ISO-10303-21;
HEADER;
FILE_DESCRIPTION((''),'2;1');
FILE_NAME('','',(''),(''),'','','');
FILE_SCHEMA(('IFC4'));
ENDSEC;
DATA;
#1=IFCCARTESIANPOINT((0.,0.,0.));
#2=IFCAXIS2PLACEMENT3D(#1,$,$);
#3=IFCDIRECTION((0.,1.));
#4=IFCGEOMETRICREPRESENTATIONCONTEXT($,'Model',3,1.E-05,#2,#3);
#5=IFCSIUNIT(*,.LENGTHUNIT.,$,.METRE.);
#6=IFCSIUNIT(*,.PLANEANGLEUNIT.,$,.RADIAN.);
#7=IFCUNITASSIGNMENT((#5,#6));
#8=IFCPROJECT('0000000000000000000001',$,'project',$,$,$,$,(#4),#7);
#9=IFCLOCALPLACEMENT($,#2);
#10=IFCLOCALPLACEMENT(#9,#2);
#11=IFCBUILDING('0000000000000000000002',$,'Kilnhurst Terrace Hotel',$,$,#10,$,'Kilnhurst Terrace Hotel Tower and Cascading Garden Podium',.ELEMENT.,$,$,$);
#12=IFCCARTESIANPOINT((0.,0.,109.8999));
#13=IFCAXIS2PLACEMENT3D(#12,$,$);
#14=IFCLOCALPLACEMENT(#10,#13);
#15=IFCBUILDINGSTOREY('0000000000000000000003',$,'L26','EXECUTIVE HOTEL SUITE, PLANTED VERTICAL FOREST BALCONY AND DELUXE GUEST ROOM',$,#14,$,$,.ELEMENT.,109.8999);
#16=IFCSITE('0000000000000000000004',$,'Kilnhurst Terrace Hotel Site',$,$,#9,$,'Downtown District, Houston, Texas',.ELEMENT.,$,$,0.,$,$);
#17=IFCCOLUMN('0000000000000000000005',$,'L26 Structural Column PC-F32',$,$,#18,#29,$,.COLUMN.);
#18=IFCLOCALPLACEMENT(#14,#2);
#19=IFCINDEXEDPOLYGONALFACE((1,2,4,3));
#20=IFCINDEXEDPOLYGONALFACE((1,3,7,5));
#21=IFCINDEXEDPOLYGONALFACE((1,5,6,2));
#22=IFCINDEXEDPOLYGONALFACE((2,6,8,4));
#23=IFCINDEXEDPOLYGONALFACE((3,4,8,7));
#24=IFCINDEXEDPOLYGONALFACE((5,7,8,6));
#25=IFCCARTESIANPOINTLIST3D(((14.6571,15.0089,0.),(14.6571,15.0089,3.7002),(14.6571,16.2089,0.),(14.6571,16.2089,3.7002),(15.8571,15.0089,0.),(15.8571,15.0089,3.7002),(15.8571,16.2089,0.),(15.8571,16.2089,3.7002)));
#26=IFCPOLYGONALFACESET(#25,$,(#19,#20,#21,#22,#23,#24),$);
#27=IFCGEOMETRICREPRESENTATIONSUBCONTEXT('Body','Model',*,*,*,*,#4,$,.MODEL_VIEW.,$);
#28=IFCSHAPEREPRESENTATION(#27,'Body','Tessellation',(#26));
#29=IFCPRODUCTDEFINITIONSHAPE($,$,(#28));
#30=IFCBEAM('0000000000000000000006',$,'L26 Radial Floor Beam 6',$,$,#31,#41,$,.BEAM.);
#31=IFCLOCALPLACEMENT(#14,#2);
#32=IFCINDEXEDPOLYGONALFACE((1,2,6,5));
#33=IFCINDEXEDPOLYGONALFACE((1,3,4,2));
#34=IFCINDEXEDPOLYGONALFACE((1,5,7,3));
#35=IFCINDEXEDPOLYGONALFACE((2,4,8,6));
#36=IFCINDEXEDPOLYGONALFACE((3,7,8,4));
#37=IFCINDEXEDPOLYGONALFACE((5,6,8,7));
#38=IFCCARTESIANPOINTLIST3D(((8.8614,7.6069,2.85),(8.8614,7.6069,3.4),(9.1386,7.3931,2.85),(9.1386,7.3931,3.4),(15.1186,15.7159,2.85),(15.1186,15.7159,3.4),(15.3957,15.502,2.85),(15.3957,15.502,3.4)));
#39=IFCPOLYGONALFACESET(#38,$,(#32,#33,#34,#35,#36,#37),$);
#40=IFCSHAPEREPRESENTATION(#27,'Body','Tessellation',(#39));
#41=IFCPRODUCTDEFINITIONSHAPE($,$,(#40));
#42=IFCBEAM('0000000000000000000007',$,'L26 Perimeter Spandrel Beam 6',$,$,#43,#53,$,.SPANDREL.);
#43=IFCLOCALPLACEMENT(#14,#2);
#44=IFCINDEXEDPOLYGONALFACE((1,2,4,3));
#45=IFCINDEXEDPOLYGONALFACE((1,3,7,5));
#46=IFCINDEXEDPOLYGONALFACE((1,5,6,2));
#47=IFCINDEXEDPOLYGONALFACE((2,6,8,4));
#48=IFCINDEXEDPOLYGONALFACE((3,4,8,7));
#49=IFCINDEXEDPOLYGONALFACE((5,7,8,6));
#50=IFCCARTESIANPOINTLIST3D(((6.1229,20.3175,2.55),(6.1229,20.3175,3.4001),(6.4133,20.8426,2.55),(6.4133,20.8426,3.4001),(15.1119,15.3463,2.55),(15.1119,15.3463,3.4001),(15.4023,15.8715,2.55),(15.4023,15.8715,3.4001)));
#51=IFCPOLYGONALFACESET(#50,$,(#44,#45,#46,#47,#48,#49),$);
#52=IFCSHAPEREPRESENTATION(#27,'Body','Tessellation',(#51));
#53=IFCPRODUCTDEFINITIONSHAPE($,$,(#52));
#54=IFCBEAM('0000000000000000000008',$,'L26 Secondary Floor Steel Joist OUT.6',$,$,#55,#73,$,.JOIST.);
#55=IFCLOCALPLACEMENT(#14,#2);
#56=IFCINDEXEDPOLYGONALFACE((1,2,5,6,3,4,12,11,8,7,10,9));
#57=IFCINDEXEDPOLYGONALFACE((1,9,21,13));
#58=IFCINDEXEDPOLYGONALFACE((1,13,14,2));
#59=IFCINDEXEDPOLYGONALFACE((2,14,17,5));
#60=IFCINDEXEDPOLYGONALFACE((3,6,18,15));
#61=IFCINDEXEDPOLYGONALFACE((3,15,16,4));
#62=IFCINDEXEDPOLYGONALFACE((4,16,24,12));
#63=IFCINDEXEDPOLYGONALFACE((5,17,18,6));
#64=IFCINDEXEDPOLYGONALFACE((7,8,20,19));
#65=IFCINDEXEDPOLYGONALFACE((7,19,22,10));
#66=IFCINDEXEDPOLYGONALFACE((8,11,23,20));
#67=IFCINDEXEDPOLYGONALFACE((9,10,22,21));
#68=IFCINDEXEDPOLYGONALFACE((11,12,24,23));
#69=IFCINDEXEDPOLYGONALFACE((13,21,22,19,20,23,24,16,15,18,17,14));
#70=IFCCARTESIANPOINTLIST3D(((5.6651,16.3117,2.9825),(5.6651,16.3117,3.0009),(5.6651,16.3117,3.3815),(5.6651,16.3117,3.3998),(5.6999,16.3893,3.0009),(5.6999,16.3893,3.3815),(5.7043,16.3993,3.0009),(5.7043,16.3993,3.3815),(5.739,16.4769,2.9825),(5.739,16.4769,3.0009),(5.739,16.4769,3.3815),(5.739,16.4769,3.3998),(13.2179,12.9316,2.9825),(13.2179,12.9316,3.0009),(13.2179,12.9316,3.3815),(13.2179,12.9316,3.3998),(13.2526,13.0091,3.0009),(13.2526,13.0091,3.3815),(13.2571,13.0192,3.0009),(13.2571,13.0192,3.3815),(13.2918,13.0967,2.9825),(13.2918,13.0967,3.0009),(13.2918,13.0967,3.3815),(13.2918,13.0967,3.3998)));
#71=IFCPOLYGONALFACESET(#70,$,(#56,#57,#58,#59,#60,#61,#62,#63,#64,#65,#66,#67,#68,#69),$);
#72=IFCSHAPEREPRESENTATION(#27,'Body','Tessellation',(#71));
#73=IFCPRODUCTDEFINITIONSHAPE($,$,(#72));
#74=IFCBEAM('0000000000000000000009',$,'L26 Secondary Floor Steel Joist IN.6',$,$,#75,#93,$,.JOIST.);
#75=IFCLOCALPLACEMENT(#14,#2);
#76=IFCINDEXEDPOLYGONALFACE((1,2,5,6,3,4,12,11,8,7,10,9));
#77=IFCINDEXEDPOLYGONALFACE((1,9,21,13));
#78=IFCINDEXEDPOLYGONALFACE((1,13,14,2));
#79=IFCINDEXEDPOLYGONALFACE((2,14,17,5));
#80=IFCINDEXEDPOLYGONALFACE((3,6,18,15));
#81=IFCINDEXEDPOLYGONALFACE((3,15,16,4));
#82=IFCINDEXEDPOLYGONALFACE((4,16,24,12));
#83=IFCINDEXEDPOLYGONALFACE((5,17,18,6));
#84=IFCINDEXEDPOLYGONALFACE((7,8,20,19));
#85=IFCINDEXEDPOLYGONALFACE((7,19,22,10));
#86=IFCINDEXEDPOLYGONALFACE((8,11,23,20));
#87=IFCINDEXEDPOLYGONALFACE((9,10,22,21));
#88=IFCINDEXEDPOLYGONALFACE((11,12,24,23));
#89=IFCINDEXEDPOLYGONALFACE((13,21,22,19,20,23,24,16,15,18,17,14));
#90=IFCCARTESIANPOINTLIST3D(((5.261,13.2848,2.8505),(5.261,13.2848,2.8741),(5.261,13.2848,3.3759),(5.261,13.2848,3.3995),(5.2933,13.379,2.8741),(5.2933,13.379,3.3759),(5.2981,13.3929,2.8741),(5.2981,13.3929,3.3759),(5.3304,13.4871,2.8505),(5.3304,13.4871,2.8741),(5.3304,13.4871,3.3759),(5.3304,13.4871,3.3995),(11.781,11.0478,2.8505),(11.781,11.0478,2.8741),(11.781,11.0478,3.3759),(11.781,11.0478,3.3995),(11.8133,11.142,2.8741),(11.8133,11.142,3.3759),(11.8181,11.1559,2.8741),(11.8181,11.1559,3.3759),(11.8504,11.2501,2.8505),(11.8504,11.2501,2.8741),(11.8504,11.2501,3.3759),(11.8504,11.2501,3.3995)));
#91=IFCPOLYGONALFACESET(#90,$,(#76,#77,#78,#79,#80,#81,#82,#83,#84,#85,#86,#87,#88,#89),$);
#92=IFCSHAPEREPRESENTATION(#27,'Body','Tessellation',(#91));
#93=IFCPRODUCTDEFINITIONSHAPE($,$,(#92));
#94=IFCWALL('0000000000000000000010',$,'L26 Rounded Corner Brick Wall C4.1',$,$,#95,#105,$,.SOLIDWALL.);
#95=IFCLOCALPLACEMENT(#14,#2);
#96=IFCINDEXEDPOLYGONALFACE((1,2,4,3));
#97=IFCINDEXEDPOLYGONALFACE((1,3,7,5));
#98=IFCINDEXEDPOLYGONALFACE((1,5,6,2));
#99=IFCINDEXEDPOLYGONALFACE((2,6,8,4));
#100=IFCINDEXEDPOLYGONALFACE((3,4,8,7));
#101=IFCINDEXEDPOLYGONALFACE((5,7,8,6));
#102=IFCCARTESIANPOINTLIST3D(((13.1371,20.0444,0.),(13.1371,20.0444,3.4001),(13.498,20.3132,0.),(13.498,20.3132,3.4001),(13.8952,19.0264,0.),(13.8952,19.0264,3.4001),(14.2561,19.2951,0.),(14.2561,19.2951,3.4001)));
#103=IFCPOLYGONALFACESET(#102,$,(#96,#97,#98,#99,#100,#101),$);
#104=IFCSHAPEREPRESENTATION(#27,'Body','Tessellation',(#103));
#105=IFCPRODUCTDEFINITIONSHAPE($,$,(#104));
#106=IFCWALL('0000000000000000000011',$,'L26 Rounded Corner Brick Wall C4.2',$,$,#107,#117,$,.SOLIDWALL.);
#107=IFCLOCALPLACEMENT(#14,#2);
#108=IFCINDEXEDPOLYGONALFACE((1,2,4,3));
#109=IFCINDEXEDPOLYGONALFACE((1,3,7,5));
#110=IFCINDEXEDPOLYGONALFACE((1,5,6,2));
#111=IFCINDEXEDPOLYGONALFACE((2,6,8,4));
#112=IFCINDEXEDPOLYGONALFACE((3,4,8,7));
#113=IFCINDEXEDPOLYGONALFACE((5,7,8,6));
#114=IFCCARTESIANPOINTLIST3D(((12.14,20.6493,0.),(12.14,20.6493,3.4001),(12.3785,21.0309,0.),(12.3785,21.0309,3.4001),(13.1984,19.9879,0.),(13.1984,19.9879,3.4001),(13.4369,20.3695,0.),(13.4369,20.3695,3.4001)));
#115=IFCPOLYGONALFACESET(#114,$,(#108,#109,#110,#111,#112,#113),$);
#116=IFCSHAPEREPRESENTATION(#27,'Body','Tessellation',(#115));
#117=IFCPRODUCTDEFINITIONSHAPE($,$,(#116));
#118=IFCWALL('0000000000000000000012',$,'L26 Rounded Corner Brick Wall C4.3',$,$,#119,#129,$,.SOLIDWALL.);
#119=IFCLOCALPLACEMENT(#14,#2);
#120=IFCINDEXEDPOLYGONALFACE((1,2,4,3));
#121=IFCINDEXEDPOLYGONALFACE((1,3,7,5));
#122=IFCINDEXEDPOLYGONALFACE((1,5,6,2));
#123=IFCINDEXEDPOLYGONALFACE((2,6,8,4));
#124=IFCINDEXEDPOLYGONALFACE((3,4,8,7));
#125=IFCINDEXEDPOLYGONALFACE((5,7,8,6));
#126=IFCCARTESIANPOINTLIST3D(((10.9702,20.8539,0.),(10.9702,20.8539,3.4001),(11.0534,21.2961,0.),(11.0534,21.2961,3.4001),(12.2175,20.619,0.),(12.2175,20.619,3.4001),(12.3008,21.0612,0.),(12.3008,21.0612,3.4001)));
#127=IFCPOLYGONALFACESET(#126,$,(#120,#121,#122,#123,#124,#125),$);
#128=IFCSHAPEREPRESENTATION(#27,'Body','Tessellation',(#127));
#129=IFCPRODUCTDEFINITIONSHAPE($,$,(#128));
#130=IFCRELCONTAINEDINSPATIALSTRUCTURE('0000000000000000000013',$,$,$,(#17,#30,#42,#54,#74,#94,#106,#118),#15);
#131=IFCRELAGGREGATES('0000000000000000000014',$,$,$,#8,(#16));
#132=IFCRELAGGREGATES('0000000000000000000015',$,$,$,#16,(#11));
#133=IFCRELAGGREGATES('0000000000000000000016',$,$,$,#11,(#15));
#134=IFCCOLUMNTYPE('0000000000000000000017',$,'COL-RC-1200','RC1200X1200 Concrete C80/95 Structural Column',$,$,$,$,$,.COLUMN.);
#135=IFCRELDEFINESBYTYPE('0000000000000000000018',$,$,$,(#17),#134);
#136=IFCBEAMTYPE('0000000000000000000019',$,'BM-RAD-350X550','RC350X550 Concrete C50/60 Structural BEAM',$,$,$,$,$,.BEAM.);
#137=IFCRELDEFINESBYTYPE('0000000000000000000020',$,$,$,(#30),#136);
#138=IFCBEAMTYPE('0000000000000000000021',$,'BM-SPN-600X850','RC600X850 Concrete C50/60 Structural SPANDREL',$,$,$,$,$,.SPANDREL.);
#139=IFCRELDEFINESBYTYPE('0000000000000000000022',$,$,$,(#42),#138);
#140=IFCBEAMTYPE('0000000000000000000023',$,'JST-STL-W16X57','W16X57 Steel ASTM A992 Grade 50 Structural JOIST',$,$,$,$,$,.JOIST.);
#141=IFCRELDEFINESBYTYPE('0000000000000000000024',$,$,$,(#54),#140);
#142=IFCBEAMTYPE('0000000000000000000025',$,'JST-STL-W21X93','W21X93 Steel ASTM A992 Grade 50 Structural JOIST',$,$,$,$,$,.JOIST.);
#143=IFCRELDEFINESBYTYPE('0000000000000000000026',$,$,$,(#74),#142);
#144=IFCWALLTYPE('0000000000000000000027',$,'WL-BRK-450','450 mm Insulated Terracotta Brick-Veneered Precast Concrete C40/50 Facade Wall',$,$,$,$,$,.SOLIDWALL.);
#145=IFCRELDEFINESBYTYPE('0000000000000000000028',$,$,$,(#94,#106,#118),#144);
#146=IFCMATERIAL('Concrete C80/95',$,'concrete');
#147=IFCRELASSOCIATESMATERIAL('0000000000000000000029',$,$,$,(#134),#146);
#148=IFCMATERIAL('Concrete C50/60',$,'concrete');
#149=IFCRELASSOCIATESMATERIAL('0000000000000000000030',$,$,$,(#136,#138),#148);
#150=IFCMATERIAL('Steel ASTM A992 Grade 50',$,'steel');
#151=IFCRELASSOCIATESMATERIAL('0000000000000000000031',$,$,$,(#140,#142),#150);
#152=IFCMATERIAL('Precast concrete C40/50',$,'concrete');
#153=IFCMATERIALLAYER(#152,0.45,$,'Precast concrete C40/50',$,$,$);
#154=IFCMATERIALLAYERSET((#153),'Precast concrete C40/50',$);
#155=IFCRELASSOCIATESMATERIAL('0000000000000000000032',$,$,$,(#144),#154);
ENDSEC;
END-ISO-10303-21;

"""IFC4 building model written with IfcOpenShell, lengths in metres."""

from ifc_helpers import new_model, si_unit, direction, frame, frame_2d, origin, origin_2d, place, context, subcontext, project, spatial, rectangle, i_section, extrude, material, layer, layer_set, material_profile, profile_set, type_object, element, save


model = new_model("IFC4")

# Units and contexts
model_context = context("Model", 3, precision=1e-05, world=origin(), true_north=direction((0.0, 1.0)))
body_context = subcontext(model_context, "Body", "Model", "MODEL_VIEW")
ifc_project = project(units=[si_unit("LENGTHUNIT", "METRE"), si_unit("PLANEANGLEUNIT", "RADIAN")], contexts=[model_context])

# Site, building, storey
site_placement = place(None, origin())
site = spatial("IfcSite", under=ifc_project, at=site_placement, Name="Kilnhurst Terrace Hotel Site", LongName="Downtown District, Houston, Texas", CompositionType="ELEMENT", RefElevation=0.0)
building_placement = place(site_placement, origin())
building = spatial("IfcBuilding", under=site, at=building_placement, Name="Kilnhurst Terrace Hotel", LongName="Kilnhurst Terrace Hotel Tower and Cascading Garden Podium", CompositionType="ELEMENT")
storey_placement = place(building_placement, frame((0.0, 0.0, 109.8999)))
storey = spatial("IfcBuildingStorey", under=building, at=storey_placement, Name="L26", Description="EXECUTIVE HOTEL SUITE, PLANTED VERTICAL FOREST BALCONY AND DELUXE GUEST ROOM", CompositionType="ELEMENT", Elevation=109.8999)

# Column
ifc_material_1 = material(Name="Concrete C80/95", Category="concrete")
ifc_material_profile_1 = material_profile(ifc_material_1, rectangle(XDim=1.2, YDim=1.2, at=origin_2d()), Name="RC1200X1200")
ifc_profile_set_1 = profile_set([ifc_material_profile_1], Name="Concrete C80/95")
column_type = type_object("IfcColumnType", Name="COL-RC-1200", Description="RC1200X1200 Concrete C80/95 Structural Column", PredefinedType="COLUMN", material=ifc_profile_set_1)
column_placement = place(storey_placement, frame((15.2571, 15.6089, 0.0), z_axis=(0.0, 0.0, 1.0), x_axis=(1.0, 0.0, 0.0)))
element("IfcColumn", 1, at=column_placement, inside=storey, type_object=column_type, Name="L26 Structural Column PC-F32", PredefinedType="COLUMN", context=body_context, shape_type="SweptSolid", body=[
    extrude(rectangle(XDim=1.2, YDim=1.2, at=origin_2d()), origin(), (0.0, 0.0, 1.0), 3.7002),
])

# Beams
ifc_material_2 = material(Name="Concrete C50/60", Category="concrete")
ifc_material_profile_2 = material_profile(ifc_material_2, rectangle(XDim=0.3501, YDim=0.55, at=origin_2d()), Name="RC350X550")
ifc_profile_set_2 = profile_set([ifc_material_profile_2], Name="Concrete C50/60")
beam_type_1 = type_object("IfcBeamType", Name="BM-RAD-350X550", Description="RC350X550 Concrete C50/60 Structural BEAM", PredefinedType="BEAM", material=ifc_profile_set_2)
beam_1_placement = place(storey_placement, frame((9.0, 7.5, 3.125), z_axis=(0.610905, 0.791704, 0.0), x_axis=(-0.791704, 0.610905, 0.0)))
element("IfcBeam", 2, at=beam_1_placement, inside=storey, type_object=beam_type_1, Name="L26 Radial Floor Beam 6", PredefinedType="BEAM", context=body_context, shape_type="SweptSolid", body=[
    extrude(rectangle(XDim=0.3501, YDim=0.55, at=origin_2d()), origin(), (0.0, 0.0, 1.0), 10.2424),
])
ifc_material_profile_3 = material_profile(ifc_material_2, rectangle(XDim=0.6001, YDim=0.8501, at=origin_2d()), Name="RC600X850")
ifc_profile_set_3 = profile_set([ifc_material_profile_3], Name="Concrete C50/60")
beam_type_2 = type_object("IfcBeamType", Name="BM-SPN-600X850", Description="RC600X850 Concrete C50/60 Structural SPANDREL", PredefinedType="SPANDREL", material=ifc_profile_set_3)
beam_2_placement = place(storey_placement, frame((15.2571, 15.6089, 2.9751), z_axis=(-0.875094, 0.483953, 0.0), x_axis=(-0.483953, -0.875094, 0.0)))
element("IfcBeam", 3, at=beam_2_placement, inside=storey, type_object=beam_type_2, Name="L26 Perimeter Spandrel Beam 6", PredefinedType="SPANDREL", context=body_context, shape_type="SweptSolid", body=[
    extrude(rectangle(XDim=0.6001, YDim=0.8501, at=origin_2d()), origin(), (0.0, 0.0, 1.0), 10.272),
])
ifc_material_3 = material(Name="Steel ASTM A992 Grade 50", Category="steel")
ifc_material_profile_4 = material_profile(ifc_material_3, i_section(OverallWidth=0.1809, OverallDepth=0.4172, WebThickness=0.011, FlangeThickness=0.0183, at=origin_2d()), Name="W16X57")
ifc_profile_set_4 = profile_set([ifc_material_profile_4], Name="Steel ASTM A992 Grade 50")
beam_type_3 = type_object("IfcBeamType", Name="JST-STL-W16X57", Description="W16X57 Steel ASTM A992 Grade 50 Structural JOIST", PredefinedType="JOIST", material=ifc_profile_set_4)
beam_3_placement = place(storey_placement, frame((13.2549, 13.0142, 3.1912), z_axis=(-0.912761, 0.408494, 0.0), x_axis=(-0.408494, -0.912761, 0.0)))
element("IfcBeam", 4, at=beam_3_placement, inside=storey, type_object=beam_type_3, Name="L26 Secondary Floor Steel Joist OUT.6", PredefinedType="JOIST", context=body_context, shape_type="SweptSolid", body=[
    extrude(i_section(OverallWidth=0.1809, OverallDepth=0.4172, WebThickness=0.011, FlangeThickness=0.0183, at=origin_2d()), origin(), (0.0, 0.0, 1.0), 8.2747),
])
ifc_material_profile_5 = material_profile(ifc_material_3, i_section(OverallWidth=0.2139, OverallDepth=0.5491, WebThickness=0.0146, FlangeThickness=0.0237, at=origin_2d()), Name="W21X93")
ifc_profile_set_5 = profile_set([ifc_material_profile_5], Name="Steel ASTM A992 Grade 50")
beam_type_4 = type_object("IfcBeamType", Name="JST-STL-W21X93", Description="W21X93 Steel ASTM A992 Grade 50 Structural JOIST", PredefinedType="JOIST", material=ifc_profile_set_5)
beam_4_placement = place(storey_placement, frame((11.8157, 11.1489, 3.125), z_axis=(-0.945874, 0.324535, 0.0), x_axis=(-0.324535, -0.945874, 0.0)))
element("IfcBeam", 5, at=beam_4_placement, inside=storey, type_object=beam_type_4, Name="L26 Secondary Floor Steel Joist IN.6", PredefinedType="JOIST", context=body_context, shape_type="SweptSolid", body=[
    extrude(i_section(OverallWidth=0.2139, OverallDepth=0.5491, WebThickness=0.0146, FlangeThickness=0.0237, at=origin_2d()), origin(), (0.0, 0.0, 1.0), 6.8931),
])

# Walls
ifc_material_4 = material(Name="Precast concrete C40/50", Category="concrete")
ifc_layer_1 = layer(ifc_material_4, 0.45, Name="Precast concrete C40/50")
ifc_layer_set_1 = layer_set([ifc_layer_1], Name="Precast concrete C40/50")
wall_type_1 = type_object("IfcWallType", Name="WL-BRK-450", Description="450 mm Insulated Terracotta Brick-Veneered Precast Concrete C40/50 Facade Wall", PredefinedType="SOLIDWALL", material=ifc_layer_set_1)
wall_1_placement = place(storey_placement, frame((14.0757, 19.1606, 0.0), z_axis=(0.0, 0.0, 1.0), x_axis=(-0.597227, 0.802073, 0.0)))
element("IfcWall", 6, at=wall_1_placement, inside=storey, type_object=wall_type_1, Name="L26 Rounded Corner Brick Wall C4.1", PredefinedType="SOLIDWALL", context=body_context, shape_type="SweptSolid", body=[
    extrude(rectangle(XDim=1.2693, YDim=0.45, at=frame_2d((0.6348, 0.0))), origin(), (0.0, 0.0, 1.0), 3.4001),
])
wall_2_placement = place(storey_placement, frame((13.3176, 20.1787, 0.0), z_axis=(0.0, 0.0, 1.0), x_axis=(-0.848031, 0.529946, 0.0)))
element("IfcWall", 7, at=wall_2_placement, inside=storey, type_object=wall_type_1, Name="L26 Rounded Corner Brick Wall C4.2", PredefinedType="SOLIDWALL", context=body_context, shape_type="SweptSolid", body=[
    extrude(rectangle(XDim=1.248, YDim=0.45, at=frame_2d((0.624, 0.0))), origin(), (0.0, 0.0, 1.0), 3.4001),
])
wall_3_placement = place(storey_placement, frame((12.2593, 20.8401, 0.0), z_axis=(0.0, 0.0, 1.0), x_axis=(-0.98273, 0.185043, 0.0)))
element("IfcWall", 8, at=wall_3_placement, inside=storey, type_object=wall_type_1, Name="L26 Rounded Corner Brick Wall C4.3", PredefinedType="SOLIDWALL", context=body_context, shape_type="SweptSolid", body=[
    extrude(rectangle(XDim=1.2693, YDim=0.45, at=frame_2d((0.6348, 0.0))), origin(), (0.0, 0.0, 1.0), 3.4001),
])

save(model, "model.ifc")
